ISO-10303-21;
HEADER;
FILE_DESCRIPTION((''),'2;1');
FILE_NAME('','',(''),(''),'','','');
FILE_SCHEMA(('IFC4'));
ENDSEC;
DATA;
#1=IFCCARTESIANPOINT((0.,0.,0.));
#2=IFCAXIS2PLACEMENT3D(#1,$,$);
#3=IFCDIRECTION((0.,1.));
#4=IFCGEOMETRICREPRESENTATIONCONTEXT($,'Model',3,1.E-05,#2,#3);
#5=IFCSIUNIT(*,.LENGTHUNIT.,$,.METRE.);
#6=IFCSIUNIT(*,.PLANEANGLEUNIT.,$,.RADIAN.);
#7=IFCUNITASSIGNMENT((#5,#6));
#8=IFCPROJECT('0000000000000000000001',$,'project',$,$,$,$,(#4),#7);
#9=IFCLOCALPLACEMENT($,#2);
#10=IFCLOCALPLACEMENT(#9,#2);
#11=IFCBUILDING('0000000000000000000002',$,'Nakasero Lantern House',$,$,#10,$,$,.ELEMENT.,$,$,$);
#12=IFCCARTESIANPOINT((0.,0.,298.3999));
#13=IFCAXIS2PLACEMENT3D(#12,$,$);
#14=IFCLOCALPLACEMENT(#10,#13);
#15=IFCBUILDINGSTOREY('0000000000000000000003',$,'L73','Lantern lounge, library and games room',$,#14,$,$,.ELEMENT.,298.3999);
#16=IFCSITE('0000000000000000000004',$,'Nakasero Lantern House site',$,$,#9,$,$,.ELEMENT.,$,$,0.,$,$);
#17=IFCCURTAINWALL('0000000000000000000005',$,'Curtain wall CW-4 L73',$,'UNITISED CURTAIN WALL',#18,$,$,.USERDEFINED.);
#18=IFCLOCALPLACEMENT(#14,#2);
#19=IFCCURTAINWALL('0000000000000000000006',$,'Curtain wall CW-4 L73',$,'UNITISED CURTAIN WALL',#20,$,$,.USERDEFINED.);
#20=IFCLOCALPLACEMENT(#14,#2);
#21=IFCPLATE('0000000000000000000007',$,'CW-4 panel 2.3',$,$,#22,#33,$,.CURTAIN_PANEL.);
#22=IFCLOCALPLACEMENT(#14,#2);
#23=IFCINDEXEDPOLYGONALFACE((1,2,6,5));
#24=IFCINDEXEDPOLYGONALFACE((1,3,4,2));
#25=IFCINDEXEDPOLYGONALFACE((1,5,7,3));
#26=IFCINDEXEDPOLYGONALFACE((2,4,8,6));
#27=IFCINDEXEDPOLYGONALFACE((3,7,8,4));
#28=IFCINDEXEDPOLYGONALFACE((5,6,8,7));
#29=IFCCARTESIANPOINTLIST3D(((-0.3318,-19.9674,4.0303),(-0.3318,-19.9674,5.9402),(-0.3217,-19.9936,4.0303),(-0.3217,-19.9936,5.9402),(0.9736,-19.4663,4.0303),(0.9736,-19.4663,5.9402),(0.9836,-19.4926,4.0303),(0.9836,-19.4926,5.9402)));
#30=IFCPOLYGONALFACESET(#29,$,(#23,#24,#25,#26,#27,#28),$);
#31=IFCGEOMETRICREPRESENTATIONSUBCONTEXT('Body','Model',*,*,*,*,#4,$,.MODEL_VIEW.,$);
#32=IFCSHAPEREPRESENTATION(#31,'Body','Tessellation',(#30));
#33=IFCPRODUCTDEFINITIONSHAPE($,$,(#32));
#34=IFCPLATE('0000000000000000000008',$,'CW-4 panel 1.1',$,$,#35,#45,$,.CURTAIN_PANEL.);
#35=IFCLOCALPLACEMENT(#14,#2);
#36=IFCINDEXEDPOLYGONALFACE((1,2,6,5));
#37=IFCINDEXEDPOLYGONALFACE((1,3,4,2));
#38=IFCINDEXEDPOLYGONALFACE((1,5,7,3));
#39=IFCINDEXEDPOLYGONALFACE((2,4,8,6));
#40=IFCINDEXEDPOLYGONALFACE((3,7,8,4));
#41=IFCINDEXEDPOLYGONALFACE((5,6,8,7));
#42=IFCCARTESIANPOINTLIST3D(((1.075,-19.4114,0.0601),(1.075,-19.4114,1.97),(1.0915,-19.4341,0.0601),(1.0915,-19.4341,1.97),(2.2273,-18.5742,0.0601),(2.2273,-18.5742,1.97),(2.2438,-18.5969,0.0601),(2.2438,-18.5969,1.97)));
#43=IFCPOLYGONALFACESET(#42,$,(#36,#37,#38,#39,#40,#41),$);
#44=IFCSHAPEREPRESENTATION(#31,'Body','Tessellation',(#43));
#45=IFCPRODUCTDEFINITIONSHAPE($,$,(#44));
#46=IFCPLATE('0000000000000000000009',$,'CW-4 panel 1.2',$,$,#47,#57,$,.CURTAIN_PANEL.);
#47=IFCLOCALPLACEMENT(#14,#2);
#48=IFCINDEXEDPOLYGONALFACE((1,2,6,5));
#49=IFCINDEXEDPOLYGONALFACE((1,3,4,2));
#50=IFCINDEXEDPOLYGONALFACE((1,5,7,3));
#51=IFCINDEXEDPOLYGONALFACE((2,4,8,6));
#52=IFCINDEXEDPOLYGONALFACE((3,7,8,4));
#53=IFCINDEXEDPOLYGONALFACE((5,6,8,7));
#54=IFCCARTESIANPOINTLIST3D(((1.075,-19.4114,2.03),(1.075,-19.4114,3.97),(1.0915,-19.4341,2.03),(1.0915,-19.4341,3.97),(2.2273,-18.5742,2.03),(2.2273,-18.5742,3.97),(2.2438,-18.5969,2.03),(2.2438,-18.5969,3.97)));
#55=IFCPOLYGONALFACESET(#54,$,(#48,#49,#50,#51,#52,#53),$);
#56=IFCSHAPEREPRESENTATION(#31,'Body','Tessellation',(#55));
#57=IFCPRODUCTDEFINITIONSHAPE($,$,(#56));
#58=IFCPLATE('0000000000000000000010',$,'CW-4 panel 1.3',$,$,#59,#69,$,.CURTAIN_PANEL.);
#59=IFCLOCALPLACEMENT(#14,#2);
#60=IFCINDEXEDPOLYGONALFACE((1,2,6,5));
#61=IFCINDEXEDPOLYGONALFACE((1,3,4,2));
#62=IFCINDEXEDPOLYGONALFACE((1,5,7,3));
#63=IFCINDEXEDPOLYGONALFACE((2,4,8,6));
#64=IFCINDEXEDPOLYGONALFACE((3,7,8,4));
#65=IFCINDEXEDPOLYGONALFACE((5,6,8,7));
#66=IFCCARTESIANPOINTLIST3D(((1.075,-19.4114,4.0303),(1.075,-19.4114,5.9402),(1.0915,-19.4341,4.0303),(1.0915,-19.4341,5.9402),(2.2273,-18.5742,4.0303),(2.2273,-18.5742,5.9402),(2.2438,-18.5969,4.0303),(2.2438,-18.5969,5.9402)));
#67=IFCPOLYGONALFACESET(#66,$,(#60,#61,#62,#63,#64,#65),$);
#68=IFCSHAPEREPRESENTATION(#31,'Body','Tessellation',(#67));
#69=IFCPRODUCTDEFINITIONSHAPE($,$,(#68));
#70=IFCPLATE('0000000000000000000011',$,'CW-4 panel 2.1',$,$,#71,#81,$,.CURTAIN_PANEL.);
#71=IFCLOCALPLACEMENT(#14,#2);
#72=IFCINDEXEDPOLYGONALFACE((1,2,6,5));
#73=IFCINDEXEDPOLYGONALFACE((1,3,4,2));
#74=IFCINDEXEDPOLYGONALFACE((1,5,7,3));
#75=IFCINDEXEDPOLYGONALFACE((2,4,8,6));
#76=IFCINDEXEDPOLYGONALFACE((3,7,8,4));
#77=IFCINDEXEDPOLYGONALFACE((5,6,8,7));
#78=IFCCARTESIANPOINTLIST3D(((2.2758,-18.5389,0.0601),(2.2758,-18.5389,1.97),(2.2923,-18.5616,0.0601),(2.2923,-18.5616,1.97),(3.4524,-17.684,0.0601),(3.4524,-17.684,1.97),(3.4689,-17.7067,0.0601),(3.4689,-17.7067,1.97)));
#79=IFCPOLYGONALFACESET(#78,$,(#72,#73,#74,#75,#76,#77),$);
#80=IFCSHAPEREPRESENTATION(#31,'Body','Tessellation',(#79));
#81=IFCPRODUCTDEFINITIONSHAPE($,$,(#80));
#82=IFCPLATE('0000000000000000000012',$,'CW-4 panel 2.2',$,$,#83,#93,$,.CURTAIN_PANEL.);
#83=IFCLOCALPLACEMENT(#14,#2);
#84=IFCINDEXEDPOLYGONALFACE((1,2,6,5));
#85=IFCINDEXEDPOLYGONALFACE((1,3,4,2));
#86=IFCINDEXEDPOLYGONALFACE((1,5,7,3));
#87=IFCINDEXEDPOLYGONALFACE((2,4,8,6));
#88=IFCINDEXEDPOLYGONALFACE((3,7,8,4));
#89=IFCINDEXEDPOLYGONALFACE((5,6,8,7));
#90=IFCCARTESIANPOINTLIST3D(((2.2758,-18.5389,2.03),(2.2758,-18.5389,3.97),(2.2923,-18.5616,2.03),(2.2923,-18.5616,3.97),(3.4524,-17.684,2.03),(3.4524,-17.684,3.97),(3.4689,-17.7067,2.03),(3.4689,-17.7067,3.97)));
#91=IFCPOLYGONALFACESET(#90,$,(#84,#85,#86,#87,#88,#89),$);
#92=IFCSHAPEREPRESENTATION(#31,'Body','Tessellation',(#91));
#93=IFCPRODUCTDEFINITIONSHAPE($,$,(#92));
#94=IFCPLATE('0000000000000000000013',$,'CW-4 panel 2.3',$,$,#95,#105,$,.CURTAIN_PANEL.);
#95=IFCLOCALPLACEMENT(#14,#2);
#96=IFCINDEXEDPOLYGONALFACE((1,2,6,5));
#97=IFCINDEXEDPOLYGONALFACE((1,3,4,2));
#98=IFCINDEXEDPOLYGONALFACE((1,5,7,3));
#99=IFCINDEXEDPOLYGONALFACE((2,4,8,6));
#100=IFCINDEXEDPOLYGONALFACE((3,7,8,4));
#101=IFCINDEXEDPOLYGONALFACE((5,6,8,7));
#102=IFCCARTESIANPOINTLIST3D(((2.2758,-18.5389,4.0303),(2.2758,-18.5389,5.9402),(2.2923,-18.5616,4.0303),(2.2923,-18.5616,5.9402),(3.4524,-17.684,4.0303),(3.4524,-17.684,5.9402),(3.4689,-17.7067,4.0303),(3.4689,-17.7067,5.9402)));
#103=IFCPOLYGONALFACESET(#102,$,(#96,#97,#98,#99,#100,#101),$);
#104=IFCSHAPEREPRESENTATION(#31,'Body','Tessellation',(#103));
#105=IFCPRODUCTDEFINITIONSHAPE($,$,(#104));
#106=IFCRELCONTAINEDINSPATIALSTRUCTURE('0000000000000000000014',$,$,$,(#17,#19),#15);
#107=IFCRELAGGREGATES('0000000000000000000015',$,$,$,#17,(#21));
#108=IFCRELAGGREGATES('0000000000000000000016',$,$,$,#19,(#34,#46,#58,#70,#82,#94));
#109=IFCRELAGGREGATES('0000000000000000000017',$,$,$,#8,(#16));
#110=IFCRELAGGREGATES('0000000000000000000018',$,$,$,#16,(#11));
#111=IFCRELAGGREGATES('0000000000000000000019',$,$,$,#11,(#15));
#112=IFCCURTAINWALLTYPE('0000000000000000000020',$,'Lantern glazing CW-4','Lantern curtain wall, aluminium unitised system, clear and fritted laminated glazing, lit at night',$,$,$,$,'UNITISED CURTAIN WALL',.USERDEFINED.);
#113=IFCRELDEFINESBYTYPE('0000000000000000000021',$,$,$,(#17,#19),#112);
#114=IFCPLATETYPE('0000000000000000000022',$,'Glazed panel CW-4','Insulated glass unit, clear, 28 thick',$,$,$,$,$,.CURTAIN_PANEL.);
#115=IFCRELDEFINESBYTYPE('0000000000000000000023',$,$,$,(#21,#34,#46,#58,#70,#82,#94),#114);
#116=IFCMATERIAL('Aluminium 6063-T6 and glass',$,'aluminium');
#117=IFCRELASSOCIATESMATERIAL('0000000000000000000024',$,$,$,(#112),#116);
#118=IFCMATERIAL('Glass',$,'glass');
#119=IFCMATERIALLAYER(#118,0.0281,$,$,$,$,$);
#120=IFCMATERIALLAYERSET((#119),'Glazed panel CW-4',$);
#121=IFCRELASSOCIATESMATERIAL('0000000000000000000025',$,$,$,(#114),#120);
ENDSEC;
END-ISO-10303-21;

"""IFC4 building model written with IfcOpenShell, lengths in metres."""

from ifc_helpers import new_model, si_unit, direction, frame, origin, origin_2d, place, context, subcontext, project, spatial, rectangle, extrude, material, layer, layer_set, type_object, element, aggregate, save


model = new_model("IFC4")

# Units and contexts
model_context = context("Model", 3, precision=1e-05, world=origin(), true_north=direction((0.0, 1.0)))
body_context = subcontext(model_context, "Body", "Model", "MODEL_VIEW")
ifc_project = project(units=[si_unit("LENGTHUNIT", "METRE"), si_unit("PLANEANGLEUNIT", "RADIAN")], contexts=[model_context])

# Site, building, storey
site_placement = place(None, origin())
site = spatial("IfcSite", under=ifc_project, at=site_placement, Name="Nakasero Lantern House site", CompositionType="ELEMENT", RefElevation=0.0)
building_placement = place(site_placement, origin())
building = spatial("IfcBuilding", under=site, at=building_placement, Name="Nakasero Lantern House", CompositionType="ELEMENT")
storey_placement = place(building_placement, frame((0.0, 0.0, 298.3999)))
storey = spatial("IfcBuildingStorey", under=building, at=storey_placement, Name="L73", Description="Lantern lounge, library and games room", CompositionType="ELEMENT", Elevation=298.3999)

# Curtain wall
ifc_material_1 = material(Name="Aluminium 6063-T6 and glass", Category="aluminium")
curtain_wall_type = type_object("IfcCurtainWallType", Name="Lantern glazing CW-4", Description="Lantern curtain wall, aluminium unitised system, clear and fritted laminated glazing, lit at night", ElementType="UNITISED CURTAIN WALL", PredefinedType="USERDEFINED", material=ifc_material_1)
curtain_wall_1_placement = place(storey_placement, origin())
curtain_wall_1 = element("IfcCurtainWall", 1, at=curtain_wall_1_placement, inside=storey, type_object=curtain_wall_type, Name="Curtain wall CW-4 L73", ObjectType="UNITISED CURTAIN WALL", PredefinedType="USERDEFINED")

# Curtain wall
curtain_wall_2_placement = place(storey_placement, origin())
curtain_wall_2 = element("IfcCurtainWall", 2, at=curtain_wall_2_placement, inside=storey, type_object=curtain_wall_type, Name="Curtain wall CW-4 L73", ObjectType="UNITISED CURTAIN WALL", PredefinedType="USERDEFINED")

# Plates
ifc_material_2 = material(Name="Glass", Category="glass")
ifc_layer = layer(ifc_material_2, 0.0281)
ifc_layer_set = layer_set([ifc_layer], Name="Glazed panel CW-4")
plate_type = type_object("IfcPlateType", Name="Glazed panel CW-4", Description="Insulated glass unit, clear, 28 thick", PredefinedType="CURTAIN_PANEL", material=ifc_layer_set)
plate_1_placement = place(storey_placement, frame((0.3259, -19.73, 4.0303), z_axis=(0.0, 0.0, 1.0), x_axis=(0.93358, 0.358368, 0.0)))
plate_1 = element("IfcPlate", 3, at=plate_1_placement, type_object=plate_type, Name="CW-4 panel 2.3", PredefinedType="CURTAIN_PANEL", context=body_context, shape_type="SweptSolid", body=[
    extrude(rectangle(XDim=1.3982, YDim=0.0281, at=origin_2d()), origin(), (0.0, 0.0, 1.0), 1.9099),
])
aggregate(curtain_wall_1, [plate_1])
plate_2_placement = place(storey_placement, frame((1.6594, -19.0042, 0.0601), z_axis=(0.0, 0.0, 1.0), x_axis=(0.809017, 0.587785, 0.0)))
plate_2 = element("IfcPlate", 4, at=plate_2_placement, type_object=plate_type, Name="CW-4 panel 1.1", PredefinedType="CURTAIN_PANEL", context=body_context, shape_type="SweptSolid", body=[
    extrude(rectangle(XDim=1.4243, YDim=0.0281, at=origin_2d()), origin(), (0.0, 0.0, 1.0), 1.9099),
])
plate_3_placement = place(storey_placement, frame((1.6594, -19.0042, 2.03), z_axis=(0.0, 0.0, 1.0), x_axis=(0.809017, 0.587785, 0.0)))
plate_3 = element("IfcPlate", 5, at=plate_3_placement, type_object=plate_type, Name="CW-4 panel 1.2", PredefinedType="CURTAIN_PANEL", context=body_context, shape_type="SweptSolid", body=[
    extrude(rectangle(XDim=1.4243, YDim=0.0281, at=origin_2d()), origin(), (0.0, 0.0, 1.0), 1.9399),
])
plate_4_placement = place(storey_placement, frame((1.6594, -19.0042, 4.0303), z_axis=(0.0, 0.0, 1.0), x_axis=(0.809017, 0.587785, 0.0)))
plate_4 = element("IfcPlate", 6, at=plate_4_placement, type_object=plate_type, Name="CW-4 panel 1.3", PredefinedType="CURTAIN_PANEL", context=body_context, shape_type="SweptSolid", body=[
    extrude(rectangle(XDim=1.4243, YDim=0.0281, at=origin_2d()), origin(), (0.0, 0.0, 1.0), 1.9099),
])
plate_5_placement = place(storey_placement, frame((2.8723, -18.1228, 0.0601), z_axis=(0.0, 0.0, 1.0), x_axis=(0.809017, 0.587785, 0.0)))
plate_5 = element("IfcPlate", 7, at=plate_5_placement, type_object=plate_type, Name="CW-4 panel 2.1", PredefinedType="CURTAIN_PANEL", context=body_context, shape_type="SweptSolid", body=[
    extrude(rectangle(XDim=1.4543, YDim=0.0281, at=origin_2d()), origin(), (0.0, 0.0, 1.0), 1.9099),
])
plate_6_placement = place(storey_placement, frame((2.8723, -18.1228, 2.03), z_axis=(0.0, 0.0, 1.0), x_axis=(0.809017, 0.587785, 0.0)))
plate_6 = element("IfcPlate", 8, at=plate_6_placement, type_object=plate_type, Name="CW-4 panel 2.2", PredefinedType="CURTAIN_PANEL", context=body_context, shape_type="SweptSolid", body=[
    extrude(rectangle(XDim=1.4543, YDim=0.0281, at=origin_2d()), origin(), (0.0, 0.0, 1.0), 1.9399),
])
plate_7_placement = place(storey_placement, frame((2.8723, -18.1228, 4.0303), z_axis=(0.0, 0.0, 1.0), x_axis=(0.809017, 0.587785, 0.0)))
plate_7 = element("IfcPlate", 9, at=plate_7_placement, type_object=plate_type, Name="CW-4 panel 2.3", PredefinedType="CURTAIN_PANEL", context=body_context, shape_type="SweptSolid", body=[
    extrude(rectangle(XDim=1.4543, YDim=0.0281, at=origin_2d()), origin(), (0.0, 0.0, 1.0), 1.9099),
])
aggregate(curtain_wall_2, [plate_2, plate_3, plate_4, plate_5, plate_6, plate_7])

save(model, "model.ifc")
